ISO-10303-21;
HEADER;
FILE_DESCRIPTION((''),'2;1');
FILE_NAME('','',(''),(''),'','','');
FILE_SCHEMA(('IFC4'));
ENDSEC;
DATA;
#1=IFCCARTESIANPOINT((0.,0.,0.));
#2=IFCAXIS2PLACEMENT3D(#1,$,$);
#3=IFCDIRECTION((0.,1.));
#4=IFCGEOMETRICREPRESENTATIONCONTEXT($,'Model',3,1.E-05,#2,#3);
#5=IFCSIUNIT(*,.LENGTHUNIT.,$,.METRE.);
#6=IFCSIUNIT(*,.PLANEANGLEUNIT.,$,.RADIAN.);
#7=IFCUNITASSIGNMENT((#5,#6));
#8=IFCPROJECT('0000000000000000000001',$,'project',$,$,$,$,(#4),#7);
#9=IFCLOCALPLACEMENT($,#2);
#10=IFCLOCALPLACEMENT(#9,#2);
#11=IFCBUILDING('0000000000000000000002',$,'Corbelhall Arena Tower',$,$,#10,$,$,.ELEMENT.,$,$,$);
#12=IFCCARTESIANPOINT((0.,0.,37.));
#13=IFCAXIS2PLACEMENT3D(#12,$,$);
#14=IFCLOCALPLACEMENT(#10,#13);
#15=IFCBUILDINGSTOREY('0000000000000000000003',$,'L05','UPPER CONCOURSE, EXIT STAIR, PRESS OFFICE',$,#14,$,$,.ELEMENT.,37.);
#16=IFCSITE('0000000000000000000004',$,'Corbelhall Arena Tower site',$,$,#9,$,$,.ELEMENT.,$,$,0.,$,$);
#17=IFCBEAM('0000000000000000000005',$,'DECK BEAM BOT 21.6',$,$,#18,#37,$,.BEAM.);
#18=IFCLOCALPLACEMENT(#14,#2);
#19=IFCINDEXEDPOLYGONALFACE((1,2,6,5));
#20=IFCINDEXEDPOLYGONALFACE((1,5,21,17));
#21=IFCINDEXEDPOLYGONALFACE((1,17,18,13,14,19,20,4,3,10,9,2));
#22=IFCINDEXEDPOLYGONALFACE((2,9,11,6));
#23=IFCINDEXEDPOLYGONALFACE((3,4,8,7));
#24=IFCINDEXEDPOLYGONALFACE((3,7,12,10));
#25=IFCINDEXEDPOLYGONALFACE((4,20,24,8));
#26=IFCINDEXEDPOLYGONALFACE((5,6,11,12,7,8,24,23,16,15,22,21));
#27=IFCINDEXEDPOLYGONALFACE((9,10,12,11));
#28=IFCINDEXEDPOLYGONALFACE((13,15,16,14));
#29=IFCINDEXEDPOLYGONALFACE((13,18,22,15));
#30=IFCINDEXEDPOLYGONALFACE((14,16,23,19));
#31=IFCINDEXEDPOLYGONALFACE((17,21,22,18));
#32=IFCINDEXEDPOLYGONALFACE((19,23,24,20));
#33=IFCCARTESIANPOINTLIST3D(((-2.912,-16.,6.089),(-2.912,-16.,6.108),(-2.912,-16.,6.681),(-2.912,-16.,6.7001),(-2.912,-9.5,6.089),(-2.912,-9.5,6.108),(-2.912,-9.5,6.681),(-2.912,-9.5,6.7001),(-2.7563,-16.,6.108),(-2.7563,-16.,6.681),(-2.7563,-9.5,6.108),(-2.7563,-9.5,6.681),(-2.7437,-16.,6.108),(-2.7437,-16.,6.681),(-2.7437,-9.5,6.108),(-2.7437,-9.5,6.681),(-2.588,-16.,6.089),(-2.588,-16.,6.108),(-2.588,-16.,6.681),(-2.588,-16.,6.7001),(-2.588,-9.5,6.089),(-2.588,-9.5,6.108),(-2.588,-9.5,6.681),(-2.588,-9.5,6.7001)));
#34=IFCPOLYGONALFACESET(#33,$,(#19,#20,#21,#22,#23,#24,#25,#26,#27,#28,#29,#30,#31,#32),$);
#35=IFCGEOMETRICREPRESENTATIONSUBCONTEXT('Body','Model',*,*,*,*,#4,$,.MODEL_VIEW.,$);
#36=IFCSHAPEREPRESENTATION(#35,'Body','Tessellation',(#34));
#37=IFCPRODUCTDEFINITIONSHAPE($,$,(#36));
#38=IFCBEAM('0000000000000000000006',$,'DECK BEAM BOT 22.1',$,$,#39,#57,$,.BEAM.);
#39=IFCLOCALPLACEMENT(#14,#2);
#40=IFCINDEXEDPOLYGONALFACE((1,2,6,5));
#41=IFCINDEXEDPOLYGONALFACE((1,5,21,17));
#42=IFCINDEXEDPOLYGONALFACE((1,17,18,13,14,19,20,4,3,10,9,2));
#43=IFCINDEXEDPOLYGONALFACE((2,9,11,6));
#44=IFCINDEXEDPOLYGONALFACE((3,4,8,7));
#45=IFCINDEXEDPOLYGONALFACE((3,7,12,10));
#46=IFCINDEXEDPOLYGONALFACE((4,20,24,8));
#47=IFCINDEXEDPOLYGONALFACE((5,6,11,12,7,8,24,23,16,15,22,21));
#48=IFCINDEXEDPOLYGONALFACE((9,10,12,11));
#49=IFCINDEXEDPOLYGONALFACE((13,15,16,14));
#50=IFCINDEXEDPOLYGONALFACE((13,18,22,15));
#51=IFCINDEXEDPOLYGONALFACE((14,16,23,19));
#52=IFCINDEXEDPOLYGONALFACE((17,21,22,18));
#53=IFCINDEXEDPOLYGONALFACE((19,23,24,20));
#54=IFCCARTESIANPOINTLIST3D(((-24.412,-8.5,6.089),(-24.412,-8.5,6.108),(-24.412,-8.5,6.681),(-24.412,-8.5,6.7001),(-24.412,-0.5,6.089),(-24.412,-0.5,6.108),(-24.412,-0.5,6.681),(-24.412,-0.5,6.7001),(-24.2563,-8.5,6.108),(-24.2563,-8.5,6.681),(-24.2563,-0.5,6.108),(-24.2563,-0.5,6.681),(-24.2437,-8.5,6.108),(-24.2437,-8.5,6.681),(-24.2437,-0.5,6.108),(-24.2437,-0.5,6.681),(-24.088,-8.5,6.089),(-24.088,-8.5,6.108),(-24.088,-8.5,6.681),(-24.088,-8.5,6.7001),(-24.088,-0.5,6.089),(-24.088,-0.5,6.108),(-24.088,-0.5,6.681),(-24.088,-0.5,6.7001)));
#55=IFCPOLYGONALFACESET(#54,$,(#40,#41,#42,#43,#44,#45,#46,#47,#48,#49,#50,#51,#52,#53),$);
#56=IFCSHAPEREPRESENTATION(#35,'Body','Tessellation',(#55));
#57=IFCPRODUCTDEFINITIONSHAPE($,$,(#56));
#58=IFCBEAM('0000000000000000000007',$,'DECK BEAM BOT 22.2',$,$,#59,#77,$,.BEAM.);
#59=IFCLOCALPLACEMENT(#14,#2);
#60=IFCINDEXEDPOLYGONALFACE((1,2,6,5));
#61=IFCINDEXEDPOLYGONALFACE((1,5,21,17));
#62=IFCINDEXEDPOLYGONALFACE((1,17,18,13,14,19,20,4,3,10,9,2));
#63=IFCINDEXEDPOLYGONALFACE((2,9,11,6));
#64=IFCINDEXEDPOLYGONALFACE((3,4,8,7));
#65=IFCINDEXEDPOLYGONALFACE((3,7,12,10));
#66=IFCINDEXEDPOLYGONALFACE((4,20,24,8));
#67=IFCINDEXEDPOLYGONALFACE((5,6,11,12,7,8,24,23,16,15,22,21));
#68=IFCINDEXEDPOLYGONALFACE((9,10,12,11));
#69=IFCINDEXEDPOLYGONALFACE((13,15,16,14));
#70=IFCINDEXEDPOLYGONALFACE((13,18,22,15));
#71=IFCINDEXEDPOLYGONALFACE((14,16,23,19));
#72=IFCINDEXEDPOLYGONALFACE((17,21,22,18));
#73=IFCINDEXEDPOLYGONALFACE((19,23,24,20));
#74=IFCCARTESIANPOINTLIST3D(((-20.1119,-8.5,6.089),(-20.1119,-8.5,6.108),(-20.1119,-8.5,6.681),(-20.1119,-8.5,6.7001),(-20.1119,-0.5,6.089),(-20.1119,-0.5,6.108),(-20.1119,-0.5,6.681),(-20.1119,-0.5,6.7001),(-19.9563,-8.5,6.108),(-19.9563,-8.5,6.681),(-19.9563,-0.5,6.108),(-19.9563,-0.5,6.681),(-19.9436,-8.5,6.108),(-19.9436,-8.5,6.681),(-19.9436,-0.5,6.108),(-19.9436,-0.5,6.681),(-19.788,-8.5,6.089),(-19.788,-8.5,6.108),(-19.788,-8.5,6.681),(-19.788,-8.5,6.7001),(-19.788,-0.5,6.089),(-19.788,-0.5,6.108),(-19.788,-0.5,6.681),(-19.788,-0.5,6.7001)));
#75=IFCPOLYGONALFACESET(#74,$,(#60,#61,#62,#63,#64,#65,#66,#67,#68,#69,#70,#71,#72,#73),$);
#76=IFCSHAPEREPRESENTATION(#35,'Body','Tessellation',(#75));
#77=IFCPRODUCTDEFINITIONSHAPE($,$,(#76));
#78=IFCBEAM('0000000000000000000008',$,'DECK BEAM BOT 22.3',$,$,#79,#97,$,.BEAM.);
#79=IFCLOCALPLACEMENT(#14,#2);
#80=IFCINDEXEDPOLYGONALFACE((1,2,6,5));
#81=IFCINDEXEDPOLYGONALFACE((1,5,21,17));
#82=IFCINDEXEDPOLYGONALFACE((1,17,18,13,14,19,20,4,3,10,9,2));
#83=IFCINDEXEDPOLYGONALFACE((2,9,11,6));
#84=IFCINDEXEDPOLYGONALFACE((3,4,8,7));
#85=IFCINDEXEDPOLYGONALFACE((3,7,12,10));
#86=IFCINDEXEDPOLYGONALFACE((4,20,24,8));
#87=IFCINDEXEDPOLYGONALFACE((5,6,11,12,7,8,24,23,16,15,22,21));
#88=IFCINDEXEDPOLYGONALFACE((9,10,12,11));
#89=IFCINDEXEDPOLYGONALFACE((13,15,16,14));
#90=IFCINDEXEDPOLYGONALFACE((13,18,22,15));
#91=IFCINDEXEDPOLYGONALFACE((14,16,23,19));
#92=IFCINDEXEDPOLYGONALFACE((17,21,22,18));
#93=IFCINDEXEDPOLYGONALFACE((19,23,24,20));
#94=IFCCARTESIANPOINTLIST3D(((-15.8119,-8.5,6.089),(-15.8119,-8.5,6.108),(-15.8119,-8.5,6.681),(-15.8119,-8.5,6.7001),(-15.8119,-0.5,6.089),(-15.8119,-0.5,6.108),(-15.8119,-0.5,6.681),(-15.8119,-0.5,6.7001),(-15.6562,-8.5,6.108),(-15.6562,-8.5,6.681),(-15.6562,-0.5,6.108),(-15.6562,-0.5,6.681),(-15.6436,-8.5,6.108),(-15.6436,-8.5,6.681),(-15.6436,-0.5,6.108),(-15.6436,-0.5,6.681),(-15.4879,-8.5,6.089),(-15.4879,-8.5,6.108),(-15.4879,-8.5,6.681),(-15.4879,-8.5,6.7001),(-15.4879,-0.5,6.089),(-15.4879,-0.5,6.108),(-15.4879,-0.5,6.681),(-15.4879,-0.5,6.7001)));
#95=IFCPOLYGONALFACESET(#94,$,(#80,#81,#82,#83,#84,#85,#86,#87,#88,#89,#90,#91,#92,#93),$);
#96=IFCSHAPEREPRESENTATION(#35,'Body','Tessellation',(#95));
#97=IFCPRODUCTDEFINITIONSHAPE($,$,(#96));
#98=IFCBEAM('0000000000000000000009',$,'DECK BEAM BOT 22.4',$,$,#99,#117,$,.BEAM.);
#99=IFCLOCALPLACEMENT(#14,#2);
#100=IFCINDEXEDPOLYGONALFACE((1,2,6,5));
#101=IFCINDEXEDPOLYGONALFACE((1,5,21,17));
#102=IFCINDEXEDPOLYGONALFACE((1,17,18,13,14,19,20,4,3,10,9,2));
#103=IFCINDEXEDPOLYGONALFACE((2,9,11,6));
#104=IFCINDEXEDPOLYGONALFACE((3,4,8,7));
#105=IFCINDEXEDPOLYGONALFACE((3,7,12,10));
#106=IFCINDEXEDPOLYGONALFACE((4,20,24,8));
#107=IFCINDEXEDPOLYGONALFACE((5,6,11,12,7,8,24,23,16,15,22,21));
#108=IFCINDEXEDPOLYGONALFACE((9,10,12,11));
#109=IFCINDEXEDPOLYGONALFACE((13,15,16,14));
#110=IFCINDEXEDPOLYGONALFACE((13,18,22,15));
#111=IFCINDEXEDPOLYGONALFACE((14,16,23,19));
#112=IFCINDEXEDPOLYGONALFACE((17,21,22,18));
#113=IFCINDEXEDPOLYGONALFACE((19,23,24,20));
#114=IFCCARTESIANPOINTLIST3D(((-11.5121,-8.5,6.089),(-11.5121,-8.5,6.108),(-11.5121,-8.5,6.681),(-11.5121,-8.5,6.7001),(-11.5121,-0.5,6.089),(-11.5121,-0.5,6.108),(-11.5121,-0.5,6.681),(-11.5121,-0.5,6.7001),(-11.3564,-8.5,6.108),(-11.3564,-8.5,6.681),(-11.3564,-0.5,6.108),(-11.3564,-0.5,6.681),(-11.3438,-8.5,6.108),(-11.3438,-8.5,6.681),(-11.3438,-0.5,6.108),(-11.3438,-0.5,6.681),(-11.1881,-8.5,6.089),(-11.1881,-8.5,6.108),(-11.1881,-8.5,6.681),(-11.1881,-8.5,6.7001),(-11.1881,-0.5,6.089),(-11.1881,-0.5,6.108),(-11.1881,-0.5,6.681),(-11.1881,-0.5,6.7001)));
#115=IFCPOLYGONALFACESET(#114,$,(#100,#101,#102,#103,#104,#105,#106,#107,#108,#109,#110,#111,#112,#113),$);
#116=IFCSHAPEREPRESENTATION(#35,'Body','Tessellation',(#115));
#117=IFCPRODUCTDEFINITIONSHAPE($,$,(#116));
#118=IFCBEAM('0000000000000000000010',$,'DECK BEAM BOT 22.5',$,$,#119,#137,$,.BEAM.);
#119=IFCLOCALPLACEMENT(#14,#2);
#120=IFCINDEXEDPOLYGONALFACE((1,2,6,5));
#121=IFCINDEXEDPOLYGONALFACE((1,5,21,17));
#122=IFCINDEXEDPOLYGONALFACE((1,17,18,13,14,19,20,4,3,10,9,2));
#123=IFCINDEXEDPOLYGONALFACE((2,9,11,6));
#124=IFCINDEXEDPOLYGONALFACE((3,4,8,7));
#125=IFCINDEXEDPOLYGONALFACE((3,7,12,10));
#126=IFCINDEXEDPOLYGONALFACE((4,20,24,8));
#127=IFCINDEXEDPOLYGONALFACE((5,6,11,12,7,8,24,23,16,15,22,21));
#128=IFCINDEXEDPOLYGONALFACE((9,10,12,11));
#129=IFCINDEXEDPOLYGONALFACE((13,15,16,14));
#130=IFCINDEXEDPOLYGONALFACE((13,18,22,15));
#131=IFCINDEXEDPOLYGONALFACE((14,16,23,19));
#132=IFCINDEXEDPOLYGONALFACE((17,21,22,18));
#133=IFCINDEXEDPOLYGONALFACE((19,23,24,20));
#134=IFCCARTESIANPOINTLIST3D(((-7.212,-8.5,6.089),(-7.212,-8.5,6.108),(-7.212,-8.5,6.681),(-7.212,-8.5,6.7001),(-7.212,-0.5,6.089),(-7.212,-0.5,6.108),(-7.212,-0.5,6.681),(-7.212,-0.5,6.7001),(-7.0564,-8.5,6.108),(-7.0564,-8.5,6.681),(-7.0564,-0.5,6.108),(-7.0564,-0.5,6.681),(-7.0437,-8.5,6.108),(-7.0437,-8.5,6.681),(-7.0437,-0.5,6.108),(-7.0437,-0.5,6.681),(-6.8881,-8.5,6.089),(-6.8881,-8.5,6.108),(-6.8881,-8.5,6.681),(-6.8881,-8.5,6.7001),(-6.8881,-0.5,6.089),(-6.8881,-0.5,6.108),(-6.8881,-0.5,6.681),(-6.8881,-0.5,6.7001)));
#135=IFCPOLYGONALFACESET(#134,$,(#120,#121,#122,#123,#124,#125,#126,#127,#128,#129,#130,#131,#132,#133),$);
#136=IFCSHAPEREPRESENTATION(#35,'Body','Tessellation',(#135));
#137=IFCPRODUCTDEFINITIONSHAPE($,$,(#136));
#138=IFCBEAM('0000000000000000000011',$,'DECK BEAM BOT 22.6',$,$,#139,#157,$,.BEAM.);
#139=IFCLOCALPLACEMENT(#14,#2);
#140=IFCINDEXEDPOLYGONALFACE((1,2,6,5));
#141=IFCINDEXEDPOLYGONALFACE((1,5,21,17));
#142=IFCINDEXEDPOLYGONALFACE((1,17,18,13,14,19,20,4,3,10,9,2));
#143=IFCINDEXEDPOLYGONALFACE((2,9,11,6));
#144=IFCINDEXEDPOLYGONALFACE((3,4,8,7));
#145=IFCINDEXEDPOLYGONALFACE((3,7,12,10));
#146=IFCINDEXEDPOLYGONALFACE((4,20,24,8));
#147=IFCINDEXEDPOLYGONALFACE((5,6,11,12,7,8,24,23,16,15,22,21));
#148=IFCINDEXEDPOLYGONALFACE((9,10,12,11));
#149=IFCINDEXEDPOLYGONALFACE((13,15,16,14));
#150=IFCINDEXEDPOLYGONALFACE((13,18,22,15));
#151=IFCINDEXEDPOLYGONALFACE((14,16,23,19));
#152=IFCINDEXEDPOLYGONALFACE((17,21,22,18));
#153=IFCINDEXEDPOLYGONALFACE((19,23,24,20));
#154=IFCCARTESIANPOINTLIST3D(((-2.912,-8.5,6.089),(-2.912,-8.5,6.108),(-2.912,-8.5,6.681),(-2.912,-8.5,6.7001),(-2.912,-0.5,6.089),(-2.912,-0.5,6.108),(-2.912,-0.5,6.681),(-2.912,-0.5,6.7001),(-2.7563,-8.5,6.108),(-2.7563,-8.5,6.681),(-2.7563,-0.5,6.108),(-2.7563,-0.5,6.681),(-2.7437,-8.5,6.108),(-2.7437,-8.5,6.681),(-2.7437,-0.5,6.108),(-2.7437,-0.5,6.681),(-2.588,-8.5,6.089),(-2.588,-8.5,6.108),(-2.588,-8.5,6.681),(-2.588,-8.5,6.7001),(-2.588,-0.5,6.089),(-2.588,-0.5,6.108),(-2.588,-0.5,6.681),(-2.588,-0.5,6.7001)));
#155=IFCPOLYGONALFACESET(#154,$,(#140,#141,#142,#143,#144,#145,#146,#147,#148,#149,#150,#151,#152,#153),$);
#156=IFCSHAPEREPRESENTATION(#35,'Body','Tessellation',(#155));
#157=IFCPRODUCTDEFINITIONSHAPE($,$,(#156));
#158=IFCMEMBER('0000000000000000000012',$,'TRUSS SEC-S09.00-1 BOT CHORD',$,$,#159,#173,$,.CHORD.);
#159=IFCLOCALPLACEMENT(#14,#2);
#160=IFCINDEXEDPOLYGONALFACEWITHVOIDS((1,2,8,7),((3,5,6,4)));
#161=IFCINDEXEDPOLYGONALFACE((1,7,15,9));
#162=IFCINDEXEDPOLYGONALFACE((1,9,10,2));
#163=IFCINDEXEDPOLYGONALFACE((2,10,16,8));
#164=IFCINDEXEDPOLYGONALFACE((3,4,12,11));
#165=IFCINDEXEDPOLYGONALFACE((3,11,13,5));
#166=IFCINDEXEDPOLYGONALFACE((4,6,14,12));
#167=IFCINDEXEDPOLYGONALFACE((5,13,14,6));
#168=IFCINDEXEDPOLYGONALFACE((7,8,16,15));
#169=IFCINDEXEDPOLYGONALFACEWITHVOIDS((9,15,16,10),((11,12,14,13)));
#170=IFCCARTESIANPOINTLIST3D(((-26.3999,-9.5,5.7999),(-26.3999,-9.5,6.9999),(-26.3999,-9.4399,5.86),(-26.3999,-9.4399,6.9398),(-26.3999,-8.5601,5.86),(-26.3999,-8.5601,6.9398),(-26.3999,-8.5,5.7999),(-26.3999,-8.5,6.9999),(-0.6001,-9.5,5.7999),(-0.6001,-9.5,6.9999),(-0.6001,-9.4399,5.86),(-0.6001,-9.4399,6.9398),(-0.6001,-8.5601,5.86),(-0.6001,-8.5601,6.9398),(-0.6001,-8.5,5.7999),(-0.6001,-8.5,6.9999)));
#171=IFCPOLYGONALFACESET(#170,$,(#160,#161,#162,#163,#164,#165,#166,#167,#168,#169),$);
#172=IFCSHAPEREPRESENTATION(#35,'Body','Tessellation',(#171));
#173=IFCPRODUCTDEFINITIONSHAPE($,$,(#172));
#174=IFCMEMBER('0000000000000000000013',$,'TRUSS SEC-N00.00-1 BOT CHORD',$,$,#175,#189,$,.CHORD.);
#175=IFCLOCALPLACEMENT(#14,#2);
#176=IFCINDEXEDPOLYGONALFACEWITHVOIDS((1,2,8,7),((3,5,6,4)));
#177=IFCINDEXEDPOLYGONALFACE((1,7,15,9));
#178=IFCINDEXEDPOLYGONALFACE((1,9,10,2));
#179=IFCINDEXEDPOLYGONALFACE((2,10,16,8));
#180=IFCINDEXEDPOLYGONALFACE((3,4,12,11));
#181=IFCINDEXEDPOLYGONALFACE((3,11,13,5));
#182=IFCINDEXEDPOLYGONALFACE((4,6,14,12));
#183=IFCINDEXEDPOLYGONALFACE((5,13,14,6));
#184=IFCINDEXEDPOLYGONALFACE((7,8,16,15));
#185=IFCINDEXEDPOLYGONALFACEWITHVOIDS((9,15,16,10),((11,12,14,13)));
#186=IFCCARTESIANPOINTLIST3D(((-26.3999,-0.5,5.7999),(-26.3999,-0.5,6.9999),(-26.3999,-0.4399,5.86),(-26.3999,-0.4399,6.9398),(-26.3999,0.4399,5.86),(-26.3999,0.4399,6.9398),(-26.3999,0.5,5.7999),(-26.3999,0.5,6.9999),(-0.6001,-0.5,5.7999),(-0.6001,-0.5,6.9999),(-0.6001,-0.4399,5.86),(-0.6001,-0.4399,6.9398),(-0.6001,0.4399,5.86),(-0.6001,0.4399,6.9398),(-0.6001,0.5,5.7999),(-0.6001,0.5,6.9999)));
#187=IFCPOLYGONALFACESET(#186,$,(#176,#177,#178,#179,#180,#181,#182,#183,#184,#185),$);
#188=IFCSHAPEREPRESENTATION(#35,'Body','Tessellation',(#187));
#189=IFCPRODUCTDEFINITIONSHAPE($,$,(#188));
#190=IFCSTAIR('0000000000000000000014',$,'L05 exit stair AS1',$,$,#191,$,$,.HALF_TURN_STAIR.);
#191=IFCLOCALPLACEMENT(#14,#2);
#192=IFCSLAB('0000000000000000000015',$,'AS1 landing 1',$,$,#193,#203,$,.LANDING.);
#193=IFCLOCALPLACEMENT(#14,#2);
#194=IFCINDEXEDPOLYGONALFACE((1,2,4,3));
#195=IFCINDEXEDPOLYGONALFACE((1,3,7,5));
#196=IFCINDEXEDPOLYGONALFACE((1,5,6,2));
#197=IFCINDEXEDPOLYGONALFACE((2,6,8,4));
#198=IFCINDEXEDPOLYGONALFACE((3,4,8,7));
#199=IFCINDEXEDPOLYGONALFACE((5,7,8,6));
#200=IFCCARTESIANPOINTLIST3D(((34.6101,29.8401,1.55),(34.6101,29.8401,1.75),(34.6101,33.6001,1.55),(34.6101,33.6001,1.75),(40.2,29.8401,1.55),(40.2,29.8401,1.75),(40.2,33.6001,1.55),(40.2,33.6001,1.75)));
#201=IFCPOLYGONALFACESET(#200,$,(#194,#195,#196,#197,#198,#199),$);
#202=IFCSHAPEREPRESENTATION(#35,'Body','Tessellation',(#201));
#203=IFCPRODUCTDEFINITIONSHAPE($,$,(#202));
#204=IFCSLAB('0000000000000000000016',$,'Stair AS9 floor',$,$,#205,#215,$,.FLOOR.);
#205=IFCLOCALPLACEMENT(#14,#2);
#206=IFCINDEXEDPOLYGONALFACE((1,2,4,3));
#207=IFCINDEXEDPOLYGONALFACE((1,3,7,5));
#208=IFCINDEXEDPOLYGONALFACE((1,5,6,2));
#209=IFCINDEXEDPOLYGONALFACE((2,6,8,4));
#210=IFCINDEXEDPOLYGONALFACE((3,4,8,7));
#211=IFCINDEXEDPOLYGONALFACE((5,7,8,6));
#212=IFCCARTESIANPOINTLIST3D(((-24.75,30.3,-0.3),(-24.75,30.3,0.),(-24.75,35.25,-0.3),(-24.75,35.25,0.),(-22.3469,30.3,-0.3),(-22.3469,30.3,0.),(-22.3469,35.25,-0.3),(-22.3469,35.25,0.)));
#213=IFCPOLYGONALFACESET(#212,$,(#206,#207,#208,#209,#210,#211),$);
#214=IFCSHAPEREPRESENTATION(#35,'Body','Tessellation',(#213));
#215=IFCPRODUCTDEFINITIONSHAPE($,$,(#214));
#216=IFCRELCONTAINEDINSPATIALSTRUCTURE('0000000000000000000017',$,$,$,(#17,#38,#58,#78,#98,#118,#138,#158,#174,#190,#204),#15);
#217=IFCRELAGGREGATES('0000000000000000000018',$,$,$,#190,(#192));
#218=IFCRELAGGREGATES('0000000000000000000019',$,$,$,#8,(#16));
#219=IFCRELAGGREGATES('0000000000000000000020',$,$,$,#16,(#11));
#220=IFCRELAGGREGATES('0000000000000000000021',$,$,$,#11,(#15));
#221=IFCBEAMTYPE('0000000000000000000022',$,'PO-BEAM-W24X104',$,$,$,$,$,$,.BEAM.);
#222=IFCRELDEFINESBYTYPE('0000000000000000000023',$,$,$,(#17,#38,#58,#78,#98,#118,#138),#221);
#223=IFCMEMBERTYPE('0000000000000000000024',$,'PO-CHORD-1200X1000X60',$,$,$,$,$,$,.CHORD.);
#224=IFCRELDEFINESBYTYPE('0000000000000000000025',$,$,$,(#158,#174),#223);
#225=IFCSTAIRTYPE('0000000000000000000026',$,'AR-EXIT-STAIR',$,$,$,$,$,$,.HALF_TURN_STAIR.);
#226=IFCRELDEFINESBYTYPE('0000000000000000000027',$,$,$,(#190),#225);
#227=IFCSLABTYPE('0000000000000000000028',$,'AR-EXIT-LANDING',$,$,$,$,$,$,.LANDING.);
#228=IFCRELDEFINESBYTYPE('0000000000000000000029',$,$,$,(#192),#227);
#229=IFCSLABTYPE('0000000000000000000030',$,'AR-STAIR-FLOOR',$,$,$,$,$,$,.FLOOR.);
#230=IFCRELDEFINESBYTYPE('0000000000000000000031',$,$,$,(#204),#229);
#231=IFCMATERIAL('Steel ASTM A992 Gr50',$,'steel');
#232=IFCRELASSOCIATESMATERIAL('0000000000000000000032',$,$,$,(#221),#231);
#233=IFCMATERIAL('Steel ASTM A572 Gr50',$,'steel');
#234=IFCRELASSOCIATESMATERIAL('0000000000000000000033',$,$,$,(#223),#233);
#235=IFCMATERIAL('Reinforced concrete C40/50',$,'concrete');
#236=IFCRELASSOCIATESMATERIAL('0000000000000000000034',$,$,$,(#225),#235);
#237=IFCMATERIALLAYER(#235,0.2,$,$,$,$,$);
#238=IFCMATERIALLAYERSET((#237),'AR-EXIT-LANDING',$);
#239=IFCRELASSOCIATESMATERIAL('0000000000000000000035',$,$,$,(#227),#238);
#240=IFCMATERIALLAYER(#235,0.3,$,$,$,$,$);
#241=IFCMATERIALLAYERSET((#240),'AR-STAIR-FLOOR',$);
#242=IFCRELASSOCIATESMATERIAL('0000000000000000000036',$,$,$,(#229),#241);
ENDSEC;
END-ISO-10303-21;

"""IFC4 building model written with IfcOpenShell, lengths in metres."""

from ifc_helpers import new_model, si_unit, direction, frame, origin, origin_2d, place, context, subcontext, project, spatial, polyline, hollow_rectangle, i_section, outline, extrude, material, layer, layer_set, material_profile, profile_set, type_object, element, aggregate, save


model = new_model("IFC4")

# Units and contexts
model_context = context("Model", 3, precision=1e-05, world=origin(), true_north=direction((0.0, 1.0)))
body_context = subcontext(model_context, "Body", "Model", "MODEL_VIEW")
ifc_project = project(units=[si_unit("LENGTHUNIT", "METRE"), si_unit("PLANEANGLEUNIT", "RADIAN")], contexts=[model_context])

# Site, building, storey
site_placement = place(None, origin())
site = spatial("IfcSite", under=ifc_project, at=site_placement, Name="Corbelhall Arena Tower site", CompositionType="ELEMENT", RefElevation=0.0)
building_placement = place(site_placement, origin())
building = spatial("IfcBuilding", under=site, at=building_placement, Name="Corbelhall Arena Tower", CompositionType="ELEMENT")
storey_placement = place(building_placement, frame((0.0, 0.0, 37.0)))
storey = spatial("IfcBuildingStorey", under=building, at=storey_placement, Name="L05", Description="UPPER CONCOURSE, EXIT STAIR, PRESS OFFICE", CompositionType="ELEMENT", Elevation=37.0)

# Beams
ifc_material_1 = material(Name="Steel ASTM A992 Gr50", Category="steel")
ifc_material_profile_1 = material_profile(ifc_material_1, i_section(OverallWidth=0.324, OverallDepth=0.6111, WebThickness=0.0127, FlangeThickness=0.019, at=origin_2d()))
ifc_profile_set_1 = profile_set([ifc_material_profile_1], Name="Steel ASTM A992 Gr50")
beam_type = type_object("IfcBeamType", Name="PO-BEAM-W24X104", PredefinedType="BEAM", material=ifc_profile_set_1)
beam_placement = place(storey_placement, frame((-2.75, -16.0, 6.3945), z_axis=(0.0, 1.0, 0.0), x_axis=(-1.0, 0.0, 0.0)))
element("IfcBeam", 1, at=beam_placement, inside=storey, type_object=beam_type, Name="DECK BEAM BOT 21.6", PredefinedType="BEAM", context=body_context, shape_type="SweptSolid", body=[
    extrude(i_section(OverallWidth=0.324, OverallDepth=0.6111, WebThickness=0.0127, FlangeThickness=0.019, at=origin_2d()), origin(), (0.0, 0.0, 1.0), 6.5),
])
for number, where, z_axis, x_axis, name in (
    (2, (-24.25, -8.5, 6.3945), (0.0, 1.0, 0.0), (-1.0, 0.0, 0.0), "DECK BEAM BOT 22.1"),
    (3, (-19.95, -8.5, 6.3945), (0.0, 1.0, 0.0), (-1.0, 0.0, 0.0), "DECK BEAM BOT 22.2"),
    (4, (-15.6499, -8.5, 6.3945), (0.0, 1.0, 0.0), (-1.0, 0.0, 0.0), "DECK BEAM BOT 22.3"),
    (5, (-11.3501, -8.5, 6.3945), (0.0, 1.0, 0.0), (-1.0, 0.0, 0.0), "DECK BEAM BOT 22.4"),
    (6, (-7.05, -8.5, 6.3945), (0.0, 1.0, 0.0), (-1.0, 0.0, 0.0), "DECK BEAM BOT 22.5"),
    (7, (-2.75, -8.5, 6.3945), (0.0, 1.0, 0.0), (-1.0, 0.0, 0.0), "DECK BEAM BOT 22.6"),
):
    element("IfcBeam", number, at=place(storey_placement, frame(where, z_axis=z_axis, x_axis=x_axis)), inside=storey, type_object=beam_type, Name=name, PredefinedType="BEAM", context=body_context, shape_type="SweptSolid", body=[
        extrude(i_section(OverallWidth=0.324, OverallDepth=0.6111, WebThickness=0.0127, FlangeThickness=0.019, at=origin_2d()), origin(), (0.0, 0.0, 1.0), 8.0),
    ])

# Members
ifc_material_2 = material(Name="Steel ASTM A572 Gr50", Category="steel")
ifc_material_profile_2 = material_profile(ifc_material_2, hollow_rectangle(XDim=1.0, YDim=1.2, WallThickness=0.0601, at=origin_2d()))
ifc_profile_set_2 = profile_set([ifc_material_profile_2], Name="Steel ASTM A572 Gr50")
member_type = type_object("IfcMemberType", Name="PO-CHORD-1200X1000X60", PredefinedType="CHORD", material=ifc_profile_set_2)
for number, where, z_axis, x_axis, name in (
    (8, (-26.3999, -9.0, 6.3999), (1.0, 0.0, 0.0), (0.0, 1.0, 0.0), "TRUSS SEC-S09.00-1 BOT CHORD"),
    (9, (-26.3999, 0.0, 6.3999), (1.0, 0.0, 0.0), (0.0, 1.0, 0.0), "TRUSS SEC-N00.00-1 BOT CHORD"),
):
    element("IfcMember", number, at=place(storey_placement, frame(where, z_axis=z_axis, x_axis=x_axis)), inside=storey, type_object=member_type, Name=name, PredefinedType="CHORD", context=body_context, shape_type="SweptSolid", body=[
        extrude(hollow_rectangle(XDim=1.0, YDim=1.2, WallThickness=0.0601, at=origin_2d()), origin(), (0.0, 0.0, 1.0), 25.7998),
    ])

# Stair, slab
ifc_material_3 = material(Name="Reinforced concrete C40/50", Category="concrete")
stair_type_1 = type_object("IfcStairType", Name="AR-EXIT-STAIR", PredefinedType="HALF_TURN_STAIR", material=ifc_material_3)
stair_1_placement = place(storey_placement, origin())
stair_1 = element("IfcStair", 10, at=stair_1_placement, inside=storey, type_object=stair_type_1, Name="L05 exit stair AS1", PredefinedType="HALF_TURN_STAIR")
ifc_layer_1 = layer(ifc_material_3, 0.2)
ifc_layer_set_1 = layer_set([ifc_layer_1], Name="AR-EXIT-LANDING")
slab_type_1 = type_object("IfcSlabType", Name="AR-EXIT-LANDING", PredefinedType="LANDING", material=ifc_layer_set_1)
slab_1_placement = place(storey_placement, frame((0.0, 0.0, 1.55)))
slab_1 = element("IfcSlab", 11, at=slab_1_placement, type_object=slab_type_1, Name="AS1 landing 1", PredefinedType="LANDING", context=body_context, shape_type="SweptSolid", body=[
    extrude(outline(polyline([(40.2, 29.8401), (40.2, 33.6001), (34.6101, 33.6001), (34.6101, 29.8401), (40.2, 29.8401)])), origin(), (0.0, 0.0, 1.0), 0.2),
])
aggregate(stair_1, [slab_1])

# Slab
ifc_layer_2 = layer(ifc_material_3, 0.3)
ifc_layer_set_2 = layer_set([ifc_layer_2], Name="AR-STAIR-FLOOR")
slab_type_2 = type_object("IfcSlabType", Name="AR-STAIR-FLOOR", PredefinedType="FLOOR", material=ifc_layer_set_2)
slab_2_placement = place(storey_placement, frame((0.0, 0.0, -0.3)))
element("IfcSlab", 12, at=slab_2_placement, inside=storey, type_object=slab_type_2, Name="Stair AS9 floor", PredefinedType="FLOOR", context=body_context, shape_type="SweptSolid", body=[
    extrude(outline(polyline([(-24.75, 30.3), (-24.75, 35.25), (-22.3469, 35.25), (-22.3469, 30.3), (-24.75, 30.3)])), origin(), (0.0, 0.0, 1.0), 0.3),
])

save(model, "model.ifc")
